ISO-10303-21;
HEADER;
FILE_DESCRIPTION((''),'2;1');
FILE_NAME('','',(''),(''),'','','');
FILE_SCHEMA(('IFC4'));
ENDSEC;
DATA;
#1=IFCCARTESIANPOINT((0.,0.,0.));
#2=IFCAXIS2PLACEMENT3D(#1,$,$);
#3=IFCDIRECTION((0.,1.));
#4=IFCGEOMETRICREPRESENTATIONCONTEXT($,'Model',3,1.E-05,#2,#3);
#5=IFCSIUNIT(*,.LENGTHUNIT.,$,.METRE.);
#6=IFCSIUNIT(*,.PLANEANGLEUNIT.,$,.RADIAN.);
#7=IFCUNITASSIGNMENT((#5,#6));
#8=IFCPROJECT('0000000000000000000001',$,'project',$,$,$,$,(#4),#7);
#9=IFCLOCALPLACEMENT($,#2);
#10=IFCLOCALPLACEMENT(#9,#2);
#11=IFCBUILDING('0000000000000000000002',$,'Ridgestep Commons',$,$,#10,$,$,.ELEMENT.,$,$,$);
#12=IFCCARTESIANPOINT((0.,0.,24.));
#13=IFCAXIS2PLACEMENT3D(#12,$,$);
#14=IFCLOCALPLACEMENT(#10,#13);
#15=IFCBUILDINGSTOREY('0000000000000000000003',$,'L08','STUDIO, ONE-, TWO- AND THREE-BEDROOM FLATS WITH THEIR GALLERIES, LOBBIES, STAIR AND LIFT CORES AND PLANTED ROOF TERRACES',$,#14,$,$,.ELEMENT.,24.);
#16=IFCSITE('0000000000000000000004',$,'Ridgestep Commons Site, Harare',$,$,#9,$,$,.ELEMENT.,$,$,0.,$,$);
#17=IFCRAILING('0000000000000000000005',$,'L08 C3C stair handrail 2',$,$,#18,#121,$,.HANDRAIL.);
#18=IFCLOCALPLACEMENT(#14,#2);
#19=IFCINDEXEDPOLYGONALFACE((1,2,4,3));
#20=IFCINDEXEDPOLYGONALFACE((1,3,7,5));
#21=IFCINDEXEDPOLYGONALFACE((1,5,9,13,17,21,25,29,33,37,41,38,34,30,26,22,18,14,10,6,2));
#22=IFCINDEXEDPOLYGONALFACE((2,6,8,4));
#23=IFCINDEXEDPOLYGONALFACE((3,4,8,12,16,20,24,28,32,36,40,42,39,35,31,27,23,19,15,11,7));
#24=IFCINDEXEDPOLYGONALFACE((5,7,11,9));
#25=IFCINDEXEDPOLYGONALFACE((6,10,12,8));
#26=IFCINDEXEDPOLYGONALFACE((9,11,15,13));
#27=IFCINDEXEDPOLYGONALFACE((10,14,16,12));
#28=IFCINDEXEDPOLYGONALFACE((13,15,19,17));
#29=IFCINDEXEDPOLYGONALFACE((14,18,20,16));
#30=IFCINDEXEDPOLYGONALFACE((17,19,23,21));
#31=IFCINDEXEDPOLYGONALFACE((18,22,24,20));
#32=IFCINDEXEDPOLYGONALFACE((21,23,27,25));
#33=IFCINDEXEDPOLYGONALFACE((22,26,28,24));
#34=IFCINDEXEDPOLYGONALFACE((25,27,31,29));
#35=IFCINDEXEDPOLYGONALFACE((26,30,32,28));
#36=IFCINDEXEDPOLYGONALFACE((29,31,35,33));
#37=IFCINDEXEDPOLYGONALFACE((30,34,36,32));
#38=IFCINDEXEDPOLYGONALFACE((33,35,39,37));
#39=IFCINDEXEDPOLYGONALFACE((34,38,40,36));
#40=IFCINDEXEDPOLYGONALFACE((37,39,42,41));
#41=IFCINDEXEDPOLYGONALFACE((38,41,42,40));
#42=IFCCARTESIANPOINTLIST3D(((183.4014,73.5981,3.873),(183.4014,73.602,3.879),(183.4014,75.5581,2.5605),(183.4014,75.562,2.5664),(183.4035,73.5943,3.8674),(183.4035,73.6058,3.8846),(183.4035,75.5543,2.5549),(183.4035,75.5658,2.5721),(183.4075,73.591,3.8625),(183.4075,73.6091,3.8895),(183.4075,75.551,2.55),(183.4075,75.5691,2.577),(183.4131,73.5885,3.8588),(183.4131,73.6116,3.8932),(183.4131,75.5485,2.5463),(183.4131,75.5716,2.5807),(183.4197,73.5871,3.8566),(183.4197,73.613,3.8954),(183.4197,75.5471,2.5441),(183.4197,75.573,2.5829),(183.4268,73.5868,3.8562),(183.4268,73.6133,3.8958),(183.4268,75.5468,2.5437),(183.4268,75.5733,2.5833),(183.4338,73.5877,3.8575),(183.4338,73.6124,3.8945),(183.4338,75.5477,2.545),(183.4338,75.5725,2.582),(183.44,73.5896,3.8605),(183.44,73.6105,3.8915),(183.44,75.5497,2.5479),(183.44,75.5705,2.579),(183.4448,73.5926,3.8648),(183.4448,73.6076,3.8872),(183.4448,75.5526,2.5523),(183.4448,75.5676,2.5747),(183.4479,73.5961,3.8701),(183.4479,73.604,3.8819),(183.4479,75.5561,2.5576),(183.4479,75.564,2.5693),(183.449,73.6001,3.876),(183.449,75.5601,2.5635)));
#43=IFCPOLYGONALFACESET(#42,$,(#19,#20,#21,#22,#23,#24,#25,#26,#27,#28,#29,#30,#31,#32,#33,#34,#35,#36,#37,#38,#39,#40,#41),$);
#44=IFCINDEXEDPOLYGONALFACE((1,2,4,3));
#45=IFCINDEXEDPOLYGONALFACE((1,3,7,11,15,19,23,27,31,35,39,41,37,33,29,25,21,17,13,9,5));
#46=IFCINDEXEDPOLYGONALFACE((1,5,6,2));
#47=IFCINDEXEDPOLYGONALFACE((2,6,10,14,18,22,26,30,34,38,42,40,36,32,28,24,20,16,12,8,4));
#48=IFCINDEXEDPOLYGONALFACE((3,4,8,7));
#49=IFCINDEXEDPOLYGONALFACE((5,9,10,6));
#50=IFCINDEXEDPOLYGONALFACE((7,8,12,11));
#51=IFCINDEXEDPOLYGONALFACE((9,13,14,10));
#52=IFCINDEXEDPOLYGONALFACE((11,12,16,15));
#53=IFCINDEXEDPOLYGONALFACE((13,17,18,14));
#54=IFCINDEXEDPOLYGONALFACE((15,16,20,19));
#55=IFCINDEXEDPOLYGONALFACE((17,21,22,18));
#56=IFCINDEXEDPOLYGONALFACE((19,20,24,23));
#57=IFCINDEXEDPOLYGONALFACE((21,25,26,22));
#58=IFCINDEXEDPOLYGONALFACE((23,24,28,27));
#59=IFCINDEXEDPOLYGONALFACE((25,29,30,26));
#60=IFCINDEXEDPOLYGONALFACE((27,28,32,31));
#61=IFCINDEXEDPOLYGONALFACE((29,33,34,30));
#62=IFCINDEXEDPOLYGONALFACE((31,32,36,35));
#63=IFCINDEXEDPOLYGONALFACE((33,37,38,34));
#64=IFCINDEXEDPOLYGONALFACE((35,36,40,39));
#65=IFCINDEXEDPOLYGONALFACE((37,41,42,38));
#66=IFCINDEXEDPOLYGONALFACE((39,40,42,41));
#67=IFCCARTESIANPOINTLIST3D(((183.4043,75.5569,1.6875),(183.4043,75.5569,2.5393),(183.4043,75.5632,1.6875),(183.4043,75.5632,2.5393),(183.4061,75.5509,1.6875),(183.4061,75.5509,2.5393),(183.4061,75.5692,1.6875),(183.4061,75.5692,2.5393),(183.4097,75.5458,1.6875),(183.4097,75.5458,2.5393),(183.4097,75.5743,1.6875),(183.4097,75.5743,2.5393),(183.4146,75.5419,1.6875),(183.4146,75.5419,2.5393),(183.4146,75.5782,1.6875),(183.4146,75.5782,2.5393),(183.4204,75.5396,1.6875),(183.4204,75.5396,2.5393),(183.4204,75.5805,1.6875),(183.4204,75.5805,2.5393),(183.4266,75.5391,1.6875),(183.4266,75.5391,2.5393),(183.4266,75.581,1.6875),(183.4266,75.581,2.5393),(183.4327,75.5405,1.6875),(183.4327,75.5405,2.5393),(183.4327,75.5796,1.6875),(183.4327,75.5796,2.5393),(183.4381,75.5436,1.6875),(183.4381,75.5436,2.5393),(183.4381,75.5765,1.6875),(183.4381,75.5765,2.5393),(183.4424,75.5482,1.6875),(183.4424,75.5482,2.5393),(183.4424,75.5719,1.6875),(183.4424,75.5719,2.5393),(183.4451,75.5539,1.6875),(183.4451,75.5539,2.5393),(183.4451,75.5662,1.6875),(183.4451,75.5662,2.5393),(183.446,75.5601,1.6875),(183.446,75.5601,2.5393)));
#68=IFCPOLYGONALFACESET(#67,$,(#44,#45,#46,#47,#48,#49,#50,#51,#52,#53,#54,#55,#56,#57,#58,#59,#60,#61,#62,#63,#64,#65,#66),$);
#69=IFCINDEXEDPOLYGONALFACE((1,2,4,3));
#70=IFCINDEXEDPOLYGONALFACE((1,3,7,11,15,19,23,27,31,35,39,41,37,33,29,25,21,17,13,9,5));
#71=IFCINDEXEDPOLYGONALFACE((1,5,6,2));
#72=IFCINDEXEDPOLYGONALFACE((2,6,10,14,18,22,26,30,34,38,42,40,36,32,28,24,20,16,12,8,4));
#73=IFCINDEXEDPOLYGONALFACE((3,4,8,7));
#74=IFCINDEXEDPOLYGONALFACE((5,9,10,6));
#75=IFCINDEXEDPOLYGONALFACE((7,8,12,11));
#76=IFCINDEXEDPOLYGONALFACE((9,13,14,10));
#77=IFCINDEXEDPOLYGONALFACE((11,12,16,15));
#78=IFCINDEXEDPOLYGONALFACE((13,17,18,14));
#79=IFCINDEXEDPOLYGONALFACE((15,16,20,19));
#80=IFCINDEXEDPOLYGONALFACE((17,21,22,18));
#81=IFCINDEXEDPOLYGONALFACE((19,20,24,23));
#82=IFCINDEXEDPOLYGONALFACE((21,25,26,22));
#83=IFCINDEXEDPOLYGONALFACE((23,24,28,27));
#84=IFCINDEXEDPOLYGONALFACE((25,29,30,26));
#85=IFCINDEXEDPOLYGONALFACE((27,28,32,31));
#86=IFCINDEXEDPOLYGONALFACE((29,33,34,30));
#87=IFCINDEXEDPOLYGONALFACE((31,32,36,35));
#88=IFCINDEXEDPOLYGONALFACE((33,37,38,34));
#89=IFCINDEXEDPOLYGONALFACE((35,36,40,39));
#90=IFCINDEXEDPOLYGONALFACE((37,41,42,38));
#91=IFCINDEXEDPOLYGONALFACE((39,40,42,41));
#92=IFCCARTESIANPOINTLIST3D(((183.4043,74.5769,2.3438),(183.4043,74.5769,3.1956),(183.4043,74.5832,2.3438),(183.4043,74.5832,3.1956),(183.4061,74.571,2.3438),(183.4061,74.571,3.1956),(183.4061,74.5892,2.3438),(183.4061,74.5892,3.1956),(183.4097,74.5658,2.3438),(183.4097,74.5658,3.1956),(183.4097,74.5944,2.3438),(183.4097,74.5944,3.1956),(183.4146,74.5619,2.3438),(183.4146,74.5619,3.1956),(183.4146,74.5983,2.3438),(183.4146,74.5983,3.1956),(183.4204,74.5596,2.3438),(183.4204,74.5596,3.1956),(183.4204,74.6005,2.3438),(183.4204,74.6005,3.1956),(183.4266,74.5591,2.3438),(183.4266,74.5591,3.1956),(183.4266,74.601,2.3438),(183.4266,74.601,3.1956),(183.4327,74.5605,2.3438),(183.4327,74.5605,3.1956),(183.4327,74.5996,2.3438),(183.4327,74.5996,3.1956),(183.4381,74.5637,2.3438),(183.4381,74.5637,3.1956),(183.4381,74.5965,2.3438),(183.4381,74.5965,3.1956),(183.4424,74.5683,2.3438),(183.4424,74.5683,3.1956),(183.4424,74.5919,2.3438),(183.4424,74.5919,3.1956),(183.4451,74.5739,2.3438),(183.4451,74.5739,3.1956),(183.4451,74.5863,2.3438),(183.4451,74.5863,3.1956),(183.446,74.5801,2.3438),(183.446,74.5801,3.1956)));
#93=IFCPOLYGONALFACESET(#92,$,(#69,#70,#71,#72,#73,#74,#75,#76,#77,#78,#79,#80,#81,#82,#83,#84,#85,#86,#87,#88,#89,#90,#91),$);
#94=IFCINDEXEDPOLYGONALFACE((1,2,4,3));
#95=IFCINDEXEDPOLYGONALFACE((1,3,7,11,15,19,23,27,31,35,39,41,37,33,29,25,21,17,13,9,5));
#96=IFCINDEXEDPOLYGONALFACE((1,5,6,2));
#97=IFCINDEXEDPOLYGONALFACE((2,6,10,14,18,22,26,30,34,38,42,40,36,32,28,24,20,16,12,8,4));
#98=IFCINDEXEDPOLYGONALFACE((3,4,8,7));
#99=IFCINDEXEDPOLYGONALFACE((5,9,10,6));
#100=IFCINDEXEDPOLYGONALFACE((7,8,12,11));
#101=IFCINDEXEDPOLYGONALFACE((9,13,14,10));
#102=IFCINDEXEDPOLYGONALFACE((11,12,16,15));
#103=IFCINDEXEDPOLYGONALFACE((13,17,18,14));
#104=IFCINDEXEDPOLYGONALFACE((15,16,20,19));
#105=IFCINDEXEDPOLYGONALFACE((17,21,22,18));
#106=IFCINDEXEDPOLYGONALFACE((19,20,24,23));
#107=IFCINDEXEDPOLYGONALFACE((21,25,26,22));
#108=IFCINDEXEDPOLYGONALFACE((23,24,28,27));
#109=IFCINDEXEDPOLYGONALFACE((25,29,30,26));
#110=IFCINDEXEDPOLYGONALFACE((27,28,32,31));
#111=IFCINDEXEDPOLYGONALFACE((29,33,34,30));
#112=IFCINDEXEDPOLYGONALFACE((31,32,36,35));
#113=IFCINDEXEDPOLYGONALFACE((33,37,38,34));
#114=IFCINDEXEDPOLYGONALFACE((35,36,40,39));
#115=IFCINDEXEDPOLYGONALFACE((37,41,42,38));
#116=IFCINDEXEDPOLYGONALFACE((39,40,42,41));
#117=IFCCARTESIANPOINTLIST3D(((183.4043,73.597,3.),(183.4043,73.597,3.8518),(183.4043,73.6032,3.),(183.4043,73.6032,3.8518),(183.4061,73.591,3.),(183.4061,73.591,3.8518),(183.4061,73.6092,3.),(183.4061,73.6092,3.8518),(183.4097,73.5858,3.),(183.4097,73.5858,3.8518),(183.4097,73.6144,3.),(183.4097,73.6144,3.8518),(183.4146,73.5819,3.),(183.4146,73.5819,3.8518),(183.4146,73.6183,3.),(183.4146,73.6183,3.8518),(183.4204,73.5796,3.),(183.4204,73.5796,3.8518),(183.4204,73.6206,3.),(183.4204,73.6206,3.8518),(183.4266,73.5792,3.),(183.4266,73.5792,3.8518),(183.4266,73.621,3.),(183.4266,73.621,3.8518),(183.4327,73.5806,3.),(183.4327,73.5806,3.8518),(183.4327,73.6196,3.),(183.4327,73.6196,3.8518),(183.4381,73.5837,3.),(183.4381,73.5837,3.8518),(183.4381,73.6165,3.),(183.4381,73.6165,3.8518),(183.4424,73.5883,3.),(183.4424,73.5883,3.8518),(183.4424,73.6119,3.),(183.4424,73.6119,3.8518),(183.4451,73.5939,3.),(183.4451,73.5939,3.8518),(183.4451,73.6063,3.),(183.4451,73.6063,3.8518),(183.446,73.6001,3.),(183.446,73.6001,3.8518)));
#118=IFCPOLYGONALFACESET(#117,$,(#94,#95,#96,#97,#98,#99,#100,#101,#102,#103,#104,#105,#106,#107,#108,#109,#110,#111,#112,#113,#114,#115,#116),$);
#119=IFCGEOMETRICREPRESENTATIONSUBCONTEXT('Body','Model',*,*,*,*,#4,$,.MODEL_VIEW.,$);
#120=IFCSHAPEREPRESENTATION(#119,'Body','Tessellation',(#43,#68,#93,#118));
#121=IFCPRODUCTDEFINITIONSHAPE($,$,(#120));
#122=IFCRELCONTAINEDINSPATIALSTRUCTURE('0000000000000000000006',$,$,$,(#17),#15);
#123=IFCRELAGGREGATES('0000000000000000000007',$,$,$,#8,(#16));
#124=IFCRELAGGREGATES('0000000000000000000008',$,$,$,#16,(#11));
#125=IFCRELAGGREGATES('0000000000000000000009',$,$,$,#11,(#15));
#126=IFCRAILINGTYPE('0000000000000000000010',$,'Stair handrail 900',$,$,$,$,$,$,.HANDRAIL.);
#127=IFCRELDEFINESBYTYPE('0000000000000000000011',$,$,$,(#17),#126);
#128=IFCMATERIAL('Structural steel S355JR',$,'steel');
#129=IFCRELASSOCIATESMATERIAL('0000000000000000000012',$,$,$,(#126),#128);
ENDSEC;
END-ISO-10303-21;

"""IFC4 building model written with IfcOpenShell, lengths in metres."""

from ifc_helpers import new_model, si_unit, direction, frame, origin, origin_2d, place, context, subcontext, project, spatial, circle, extrude, material, type_object, element, save


model = new_model("IFC4")

# Units and contexts
model_context = context("Model", 3, precision=1e-05, world=origin(), true_north=direction((0.0, 1.0)))
body_context = subcontext(model_context, "Body", "Model", "MODEL_VIEW")
ifc_project = project(units=[si_unit("LENGTHUNIT", "METRE"), si_unit("PLANEANGLEUNIT", "RADIAN")], contexts=[model_context])

# Site, building, storey
site_placement = place(None, origin())
site = spatial("IfcSite", under=ifc_project, at=site_placement, Name="Ridgestep Commons Site, Harare", CompositionType="ELEMENT", RefElevation=0.0)
building_placement = place(site_placement, origin())
building = spatial("IfcBuilding", under=site, at=building_placement, Name="Ridgestep Commons", CompositionType="ELEMENT")
storey_placement = place(building_placement, frame((0.0, 0.0, 24.0)))
storey = spatial("IfcBuildingStorey", under=building, at=storey_placement, Name="L08", Description="STUDIO, ONE-, TWO- AND THREE-BEDROOM FLATS WITH THEIR GALLERIES, LOBBIES, STAIR AND LIFT CORES AND PLANTED ROOF TERRACES", CompositionType="ELEMENT", Elevation=24.0)

# Railing
ifc_material_1 = material(Name="Structural steel S355JR", Category="steel")
railing_type_1 = type_object("IfcRailingType", Name="Stair handrail 900", PredefinedType="HANDRAIL", material=ifc_material_1)
railing_1_placement = place(storey_placement, frame((183.425, 75.5601, 1.6875)))
element("IfcRailing", 1, at=railing_1_placement, inside=storey, type_object=railing_type_1, Name="L08 C3C stair handrail 2", PredefinedType="HANDRAIL", context=body_context, shape_type="SweptSolid", body=[
    extrude(circle(Radius=0.0239, at=origin_2d()), frame((0.0, 0.0, 0.876), z_axis=(0.0, -0.830902, 0.556419), x_axis=(1.0, 0.0, 0.0)), (0.0, 0.0, 1.0), 2.3589),
    extrude(circle(Radius=0.021, at=origin_2d()), origin(), (0.0, 0.0, 1.0), 0.8518),
    extrude(circle(Radius=0.021, at=origin_2d()), frame((0.0, -0.98, 0.6562)), (0.0, 0.0, 1.0), 0.8518),
    extrude(circle(Radius=0.021, at=origin_2d()), frame((0.0, -1.96, 1.3125)), (0.0, 0.0, 1.0), 0.8518),
])

save(model, "model.ifc")
